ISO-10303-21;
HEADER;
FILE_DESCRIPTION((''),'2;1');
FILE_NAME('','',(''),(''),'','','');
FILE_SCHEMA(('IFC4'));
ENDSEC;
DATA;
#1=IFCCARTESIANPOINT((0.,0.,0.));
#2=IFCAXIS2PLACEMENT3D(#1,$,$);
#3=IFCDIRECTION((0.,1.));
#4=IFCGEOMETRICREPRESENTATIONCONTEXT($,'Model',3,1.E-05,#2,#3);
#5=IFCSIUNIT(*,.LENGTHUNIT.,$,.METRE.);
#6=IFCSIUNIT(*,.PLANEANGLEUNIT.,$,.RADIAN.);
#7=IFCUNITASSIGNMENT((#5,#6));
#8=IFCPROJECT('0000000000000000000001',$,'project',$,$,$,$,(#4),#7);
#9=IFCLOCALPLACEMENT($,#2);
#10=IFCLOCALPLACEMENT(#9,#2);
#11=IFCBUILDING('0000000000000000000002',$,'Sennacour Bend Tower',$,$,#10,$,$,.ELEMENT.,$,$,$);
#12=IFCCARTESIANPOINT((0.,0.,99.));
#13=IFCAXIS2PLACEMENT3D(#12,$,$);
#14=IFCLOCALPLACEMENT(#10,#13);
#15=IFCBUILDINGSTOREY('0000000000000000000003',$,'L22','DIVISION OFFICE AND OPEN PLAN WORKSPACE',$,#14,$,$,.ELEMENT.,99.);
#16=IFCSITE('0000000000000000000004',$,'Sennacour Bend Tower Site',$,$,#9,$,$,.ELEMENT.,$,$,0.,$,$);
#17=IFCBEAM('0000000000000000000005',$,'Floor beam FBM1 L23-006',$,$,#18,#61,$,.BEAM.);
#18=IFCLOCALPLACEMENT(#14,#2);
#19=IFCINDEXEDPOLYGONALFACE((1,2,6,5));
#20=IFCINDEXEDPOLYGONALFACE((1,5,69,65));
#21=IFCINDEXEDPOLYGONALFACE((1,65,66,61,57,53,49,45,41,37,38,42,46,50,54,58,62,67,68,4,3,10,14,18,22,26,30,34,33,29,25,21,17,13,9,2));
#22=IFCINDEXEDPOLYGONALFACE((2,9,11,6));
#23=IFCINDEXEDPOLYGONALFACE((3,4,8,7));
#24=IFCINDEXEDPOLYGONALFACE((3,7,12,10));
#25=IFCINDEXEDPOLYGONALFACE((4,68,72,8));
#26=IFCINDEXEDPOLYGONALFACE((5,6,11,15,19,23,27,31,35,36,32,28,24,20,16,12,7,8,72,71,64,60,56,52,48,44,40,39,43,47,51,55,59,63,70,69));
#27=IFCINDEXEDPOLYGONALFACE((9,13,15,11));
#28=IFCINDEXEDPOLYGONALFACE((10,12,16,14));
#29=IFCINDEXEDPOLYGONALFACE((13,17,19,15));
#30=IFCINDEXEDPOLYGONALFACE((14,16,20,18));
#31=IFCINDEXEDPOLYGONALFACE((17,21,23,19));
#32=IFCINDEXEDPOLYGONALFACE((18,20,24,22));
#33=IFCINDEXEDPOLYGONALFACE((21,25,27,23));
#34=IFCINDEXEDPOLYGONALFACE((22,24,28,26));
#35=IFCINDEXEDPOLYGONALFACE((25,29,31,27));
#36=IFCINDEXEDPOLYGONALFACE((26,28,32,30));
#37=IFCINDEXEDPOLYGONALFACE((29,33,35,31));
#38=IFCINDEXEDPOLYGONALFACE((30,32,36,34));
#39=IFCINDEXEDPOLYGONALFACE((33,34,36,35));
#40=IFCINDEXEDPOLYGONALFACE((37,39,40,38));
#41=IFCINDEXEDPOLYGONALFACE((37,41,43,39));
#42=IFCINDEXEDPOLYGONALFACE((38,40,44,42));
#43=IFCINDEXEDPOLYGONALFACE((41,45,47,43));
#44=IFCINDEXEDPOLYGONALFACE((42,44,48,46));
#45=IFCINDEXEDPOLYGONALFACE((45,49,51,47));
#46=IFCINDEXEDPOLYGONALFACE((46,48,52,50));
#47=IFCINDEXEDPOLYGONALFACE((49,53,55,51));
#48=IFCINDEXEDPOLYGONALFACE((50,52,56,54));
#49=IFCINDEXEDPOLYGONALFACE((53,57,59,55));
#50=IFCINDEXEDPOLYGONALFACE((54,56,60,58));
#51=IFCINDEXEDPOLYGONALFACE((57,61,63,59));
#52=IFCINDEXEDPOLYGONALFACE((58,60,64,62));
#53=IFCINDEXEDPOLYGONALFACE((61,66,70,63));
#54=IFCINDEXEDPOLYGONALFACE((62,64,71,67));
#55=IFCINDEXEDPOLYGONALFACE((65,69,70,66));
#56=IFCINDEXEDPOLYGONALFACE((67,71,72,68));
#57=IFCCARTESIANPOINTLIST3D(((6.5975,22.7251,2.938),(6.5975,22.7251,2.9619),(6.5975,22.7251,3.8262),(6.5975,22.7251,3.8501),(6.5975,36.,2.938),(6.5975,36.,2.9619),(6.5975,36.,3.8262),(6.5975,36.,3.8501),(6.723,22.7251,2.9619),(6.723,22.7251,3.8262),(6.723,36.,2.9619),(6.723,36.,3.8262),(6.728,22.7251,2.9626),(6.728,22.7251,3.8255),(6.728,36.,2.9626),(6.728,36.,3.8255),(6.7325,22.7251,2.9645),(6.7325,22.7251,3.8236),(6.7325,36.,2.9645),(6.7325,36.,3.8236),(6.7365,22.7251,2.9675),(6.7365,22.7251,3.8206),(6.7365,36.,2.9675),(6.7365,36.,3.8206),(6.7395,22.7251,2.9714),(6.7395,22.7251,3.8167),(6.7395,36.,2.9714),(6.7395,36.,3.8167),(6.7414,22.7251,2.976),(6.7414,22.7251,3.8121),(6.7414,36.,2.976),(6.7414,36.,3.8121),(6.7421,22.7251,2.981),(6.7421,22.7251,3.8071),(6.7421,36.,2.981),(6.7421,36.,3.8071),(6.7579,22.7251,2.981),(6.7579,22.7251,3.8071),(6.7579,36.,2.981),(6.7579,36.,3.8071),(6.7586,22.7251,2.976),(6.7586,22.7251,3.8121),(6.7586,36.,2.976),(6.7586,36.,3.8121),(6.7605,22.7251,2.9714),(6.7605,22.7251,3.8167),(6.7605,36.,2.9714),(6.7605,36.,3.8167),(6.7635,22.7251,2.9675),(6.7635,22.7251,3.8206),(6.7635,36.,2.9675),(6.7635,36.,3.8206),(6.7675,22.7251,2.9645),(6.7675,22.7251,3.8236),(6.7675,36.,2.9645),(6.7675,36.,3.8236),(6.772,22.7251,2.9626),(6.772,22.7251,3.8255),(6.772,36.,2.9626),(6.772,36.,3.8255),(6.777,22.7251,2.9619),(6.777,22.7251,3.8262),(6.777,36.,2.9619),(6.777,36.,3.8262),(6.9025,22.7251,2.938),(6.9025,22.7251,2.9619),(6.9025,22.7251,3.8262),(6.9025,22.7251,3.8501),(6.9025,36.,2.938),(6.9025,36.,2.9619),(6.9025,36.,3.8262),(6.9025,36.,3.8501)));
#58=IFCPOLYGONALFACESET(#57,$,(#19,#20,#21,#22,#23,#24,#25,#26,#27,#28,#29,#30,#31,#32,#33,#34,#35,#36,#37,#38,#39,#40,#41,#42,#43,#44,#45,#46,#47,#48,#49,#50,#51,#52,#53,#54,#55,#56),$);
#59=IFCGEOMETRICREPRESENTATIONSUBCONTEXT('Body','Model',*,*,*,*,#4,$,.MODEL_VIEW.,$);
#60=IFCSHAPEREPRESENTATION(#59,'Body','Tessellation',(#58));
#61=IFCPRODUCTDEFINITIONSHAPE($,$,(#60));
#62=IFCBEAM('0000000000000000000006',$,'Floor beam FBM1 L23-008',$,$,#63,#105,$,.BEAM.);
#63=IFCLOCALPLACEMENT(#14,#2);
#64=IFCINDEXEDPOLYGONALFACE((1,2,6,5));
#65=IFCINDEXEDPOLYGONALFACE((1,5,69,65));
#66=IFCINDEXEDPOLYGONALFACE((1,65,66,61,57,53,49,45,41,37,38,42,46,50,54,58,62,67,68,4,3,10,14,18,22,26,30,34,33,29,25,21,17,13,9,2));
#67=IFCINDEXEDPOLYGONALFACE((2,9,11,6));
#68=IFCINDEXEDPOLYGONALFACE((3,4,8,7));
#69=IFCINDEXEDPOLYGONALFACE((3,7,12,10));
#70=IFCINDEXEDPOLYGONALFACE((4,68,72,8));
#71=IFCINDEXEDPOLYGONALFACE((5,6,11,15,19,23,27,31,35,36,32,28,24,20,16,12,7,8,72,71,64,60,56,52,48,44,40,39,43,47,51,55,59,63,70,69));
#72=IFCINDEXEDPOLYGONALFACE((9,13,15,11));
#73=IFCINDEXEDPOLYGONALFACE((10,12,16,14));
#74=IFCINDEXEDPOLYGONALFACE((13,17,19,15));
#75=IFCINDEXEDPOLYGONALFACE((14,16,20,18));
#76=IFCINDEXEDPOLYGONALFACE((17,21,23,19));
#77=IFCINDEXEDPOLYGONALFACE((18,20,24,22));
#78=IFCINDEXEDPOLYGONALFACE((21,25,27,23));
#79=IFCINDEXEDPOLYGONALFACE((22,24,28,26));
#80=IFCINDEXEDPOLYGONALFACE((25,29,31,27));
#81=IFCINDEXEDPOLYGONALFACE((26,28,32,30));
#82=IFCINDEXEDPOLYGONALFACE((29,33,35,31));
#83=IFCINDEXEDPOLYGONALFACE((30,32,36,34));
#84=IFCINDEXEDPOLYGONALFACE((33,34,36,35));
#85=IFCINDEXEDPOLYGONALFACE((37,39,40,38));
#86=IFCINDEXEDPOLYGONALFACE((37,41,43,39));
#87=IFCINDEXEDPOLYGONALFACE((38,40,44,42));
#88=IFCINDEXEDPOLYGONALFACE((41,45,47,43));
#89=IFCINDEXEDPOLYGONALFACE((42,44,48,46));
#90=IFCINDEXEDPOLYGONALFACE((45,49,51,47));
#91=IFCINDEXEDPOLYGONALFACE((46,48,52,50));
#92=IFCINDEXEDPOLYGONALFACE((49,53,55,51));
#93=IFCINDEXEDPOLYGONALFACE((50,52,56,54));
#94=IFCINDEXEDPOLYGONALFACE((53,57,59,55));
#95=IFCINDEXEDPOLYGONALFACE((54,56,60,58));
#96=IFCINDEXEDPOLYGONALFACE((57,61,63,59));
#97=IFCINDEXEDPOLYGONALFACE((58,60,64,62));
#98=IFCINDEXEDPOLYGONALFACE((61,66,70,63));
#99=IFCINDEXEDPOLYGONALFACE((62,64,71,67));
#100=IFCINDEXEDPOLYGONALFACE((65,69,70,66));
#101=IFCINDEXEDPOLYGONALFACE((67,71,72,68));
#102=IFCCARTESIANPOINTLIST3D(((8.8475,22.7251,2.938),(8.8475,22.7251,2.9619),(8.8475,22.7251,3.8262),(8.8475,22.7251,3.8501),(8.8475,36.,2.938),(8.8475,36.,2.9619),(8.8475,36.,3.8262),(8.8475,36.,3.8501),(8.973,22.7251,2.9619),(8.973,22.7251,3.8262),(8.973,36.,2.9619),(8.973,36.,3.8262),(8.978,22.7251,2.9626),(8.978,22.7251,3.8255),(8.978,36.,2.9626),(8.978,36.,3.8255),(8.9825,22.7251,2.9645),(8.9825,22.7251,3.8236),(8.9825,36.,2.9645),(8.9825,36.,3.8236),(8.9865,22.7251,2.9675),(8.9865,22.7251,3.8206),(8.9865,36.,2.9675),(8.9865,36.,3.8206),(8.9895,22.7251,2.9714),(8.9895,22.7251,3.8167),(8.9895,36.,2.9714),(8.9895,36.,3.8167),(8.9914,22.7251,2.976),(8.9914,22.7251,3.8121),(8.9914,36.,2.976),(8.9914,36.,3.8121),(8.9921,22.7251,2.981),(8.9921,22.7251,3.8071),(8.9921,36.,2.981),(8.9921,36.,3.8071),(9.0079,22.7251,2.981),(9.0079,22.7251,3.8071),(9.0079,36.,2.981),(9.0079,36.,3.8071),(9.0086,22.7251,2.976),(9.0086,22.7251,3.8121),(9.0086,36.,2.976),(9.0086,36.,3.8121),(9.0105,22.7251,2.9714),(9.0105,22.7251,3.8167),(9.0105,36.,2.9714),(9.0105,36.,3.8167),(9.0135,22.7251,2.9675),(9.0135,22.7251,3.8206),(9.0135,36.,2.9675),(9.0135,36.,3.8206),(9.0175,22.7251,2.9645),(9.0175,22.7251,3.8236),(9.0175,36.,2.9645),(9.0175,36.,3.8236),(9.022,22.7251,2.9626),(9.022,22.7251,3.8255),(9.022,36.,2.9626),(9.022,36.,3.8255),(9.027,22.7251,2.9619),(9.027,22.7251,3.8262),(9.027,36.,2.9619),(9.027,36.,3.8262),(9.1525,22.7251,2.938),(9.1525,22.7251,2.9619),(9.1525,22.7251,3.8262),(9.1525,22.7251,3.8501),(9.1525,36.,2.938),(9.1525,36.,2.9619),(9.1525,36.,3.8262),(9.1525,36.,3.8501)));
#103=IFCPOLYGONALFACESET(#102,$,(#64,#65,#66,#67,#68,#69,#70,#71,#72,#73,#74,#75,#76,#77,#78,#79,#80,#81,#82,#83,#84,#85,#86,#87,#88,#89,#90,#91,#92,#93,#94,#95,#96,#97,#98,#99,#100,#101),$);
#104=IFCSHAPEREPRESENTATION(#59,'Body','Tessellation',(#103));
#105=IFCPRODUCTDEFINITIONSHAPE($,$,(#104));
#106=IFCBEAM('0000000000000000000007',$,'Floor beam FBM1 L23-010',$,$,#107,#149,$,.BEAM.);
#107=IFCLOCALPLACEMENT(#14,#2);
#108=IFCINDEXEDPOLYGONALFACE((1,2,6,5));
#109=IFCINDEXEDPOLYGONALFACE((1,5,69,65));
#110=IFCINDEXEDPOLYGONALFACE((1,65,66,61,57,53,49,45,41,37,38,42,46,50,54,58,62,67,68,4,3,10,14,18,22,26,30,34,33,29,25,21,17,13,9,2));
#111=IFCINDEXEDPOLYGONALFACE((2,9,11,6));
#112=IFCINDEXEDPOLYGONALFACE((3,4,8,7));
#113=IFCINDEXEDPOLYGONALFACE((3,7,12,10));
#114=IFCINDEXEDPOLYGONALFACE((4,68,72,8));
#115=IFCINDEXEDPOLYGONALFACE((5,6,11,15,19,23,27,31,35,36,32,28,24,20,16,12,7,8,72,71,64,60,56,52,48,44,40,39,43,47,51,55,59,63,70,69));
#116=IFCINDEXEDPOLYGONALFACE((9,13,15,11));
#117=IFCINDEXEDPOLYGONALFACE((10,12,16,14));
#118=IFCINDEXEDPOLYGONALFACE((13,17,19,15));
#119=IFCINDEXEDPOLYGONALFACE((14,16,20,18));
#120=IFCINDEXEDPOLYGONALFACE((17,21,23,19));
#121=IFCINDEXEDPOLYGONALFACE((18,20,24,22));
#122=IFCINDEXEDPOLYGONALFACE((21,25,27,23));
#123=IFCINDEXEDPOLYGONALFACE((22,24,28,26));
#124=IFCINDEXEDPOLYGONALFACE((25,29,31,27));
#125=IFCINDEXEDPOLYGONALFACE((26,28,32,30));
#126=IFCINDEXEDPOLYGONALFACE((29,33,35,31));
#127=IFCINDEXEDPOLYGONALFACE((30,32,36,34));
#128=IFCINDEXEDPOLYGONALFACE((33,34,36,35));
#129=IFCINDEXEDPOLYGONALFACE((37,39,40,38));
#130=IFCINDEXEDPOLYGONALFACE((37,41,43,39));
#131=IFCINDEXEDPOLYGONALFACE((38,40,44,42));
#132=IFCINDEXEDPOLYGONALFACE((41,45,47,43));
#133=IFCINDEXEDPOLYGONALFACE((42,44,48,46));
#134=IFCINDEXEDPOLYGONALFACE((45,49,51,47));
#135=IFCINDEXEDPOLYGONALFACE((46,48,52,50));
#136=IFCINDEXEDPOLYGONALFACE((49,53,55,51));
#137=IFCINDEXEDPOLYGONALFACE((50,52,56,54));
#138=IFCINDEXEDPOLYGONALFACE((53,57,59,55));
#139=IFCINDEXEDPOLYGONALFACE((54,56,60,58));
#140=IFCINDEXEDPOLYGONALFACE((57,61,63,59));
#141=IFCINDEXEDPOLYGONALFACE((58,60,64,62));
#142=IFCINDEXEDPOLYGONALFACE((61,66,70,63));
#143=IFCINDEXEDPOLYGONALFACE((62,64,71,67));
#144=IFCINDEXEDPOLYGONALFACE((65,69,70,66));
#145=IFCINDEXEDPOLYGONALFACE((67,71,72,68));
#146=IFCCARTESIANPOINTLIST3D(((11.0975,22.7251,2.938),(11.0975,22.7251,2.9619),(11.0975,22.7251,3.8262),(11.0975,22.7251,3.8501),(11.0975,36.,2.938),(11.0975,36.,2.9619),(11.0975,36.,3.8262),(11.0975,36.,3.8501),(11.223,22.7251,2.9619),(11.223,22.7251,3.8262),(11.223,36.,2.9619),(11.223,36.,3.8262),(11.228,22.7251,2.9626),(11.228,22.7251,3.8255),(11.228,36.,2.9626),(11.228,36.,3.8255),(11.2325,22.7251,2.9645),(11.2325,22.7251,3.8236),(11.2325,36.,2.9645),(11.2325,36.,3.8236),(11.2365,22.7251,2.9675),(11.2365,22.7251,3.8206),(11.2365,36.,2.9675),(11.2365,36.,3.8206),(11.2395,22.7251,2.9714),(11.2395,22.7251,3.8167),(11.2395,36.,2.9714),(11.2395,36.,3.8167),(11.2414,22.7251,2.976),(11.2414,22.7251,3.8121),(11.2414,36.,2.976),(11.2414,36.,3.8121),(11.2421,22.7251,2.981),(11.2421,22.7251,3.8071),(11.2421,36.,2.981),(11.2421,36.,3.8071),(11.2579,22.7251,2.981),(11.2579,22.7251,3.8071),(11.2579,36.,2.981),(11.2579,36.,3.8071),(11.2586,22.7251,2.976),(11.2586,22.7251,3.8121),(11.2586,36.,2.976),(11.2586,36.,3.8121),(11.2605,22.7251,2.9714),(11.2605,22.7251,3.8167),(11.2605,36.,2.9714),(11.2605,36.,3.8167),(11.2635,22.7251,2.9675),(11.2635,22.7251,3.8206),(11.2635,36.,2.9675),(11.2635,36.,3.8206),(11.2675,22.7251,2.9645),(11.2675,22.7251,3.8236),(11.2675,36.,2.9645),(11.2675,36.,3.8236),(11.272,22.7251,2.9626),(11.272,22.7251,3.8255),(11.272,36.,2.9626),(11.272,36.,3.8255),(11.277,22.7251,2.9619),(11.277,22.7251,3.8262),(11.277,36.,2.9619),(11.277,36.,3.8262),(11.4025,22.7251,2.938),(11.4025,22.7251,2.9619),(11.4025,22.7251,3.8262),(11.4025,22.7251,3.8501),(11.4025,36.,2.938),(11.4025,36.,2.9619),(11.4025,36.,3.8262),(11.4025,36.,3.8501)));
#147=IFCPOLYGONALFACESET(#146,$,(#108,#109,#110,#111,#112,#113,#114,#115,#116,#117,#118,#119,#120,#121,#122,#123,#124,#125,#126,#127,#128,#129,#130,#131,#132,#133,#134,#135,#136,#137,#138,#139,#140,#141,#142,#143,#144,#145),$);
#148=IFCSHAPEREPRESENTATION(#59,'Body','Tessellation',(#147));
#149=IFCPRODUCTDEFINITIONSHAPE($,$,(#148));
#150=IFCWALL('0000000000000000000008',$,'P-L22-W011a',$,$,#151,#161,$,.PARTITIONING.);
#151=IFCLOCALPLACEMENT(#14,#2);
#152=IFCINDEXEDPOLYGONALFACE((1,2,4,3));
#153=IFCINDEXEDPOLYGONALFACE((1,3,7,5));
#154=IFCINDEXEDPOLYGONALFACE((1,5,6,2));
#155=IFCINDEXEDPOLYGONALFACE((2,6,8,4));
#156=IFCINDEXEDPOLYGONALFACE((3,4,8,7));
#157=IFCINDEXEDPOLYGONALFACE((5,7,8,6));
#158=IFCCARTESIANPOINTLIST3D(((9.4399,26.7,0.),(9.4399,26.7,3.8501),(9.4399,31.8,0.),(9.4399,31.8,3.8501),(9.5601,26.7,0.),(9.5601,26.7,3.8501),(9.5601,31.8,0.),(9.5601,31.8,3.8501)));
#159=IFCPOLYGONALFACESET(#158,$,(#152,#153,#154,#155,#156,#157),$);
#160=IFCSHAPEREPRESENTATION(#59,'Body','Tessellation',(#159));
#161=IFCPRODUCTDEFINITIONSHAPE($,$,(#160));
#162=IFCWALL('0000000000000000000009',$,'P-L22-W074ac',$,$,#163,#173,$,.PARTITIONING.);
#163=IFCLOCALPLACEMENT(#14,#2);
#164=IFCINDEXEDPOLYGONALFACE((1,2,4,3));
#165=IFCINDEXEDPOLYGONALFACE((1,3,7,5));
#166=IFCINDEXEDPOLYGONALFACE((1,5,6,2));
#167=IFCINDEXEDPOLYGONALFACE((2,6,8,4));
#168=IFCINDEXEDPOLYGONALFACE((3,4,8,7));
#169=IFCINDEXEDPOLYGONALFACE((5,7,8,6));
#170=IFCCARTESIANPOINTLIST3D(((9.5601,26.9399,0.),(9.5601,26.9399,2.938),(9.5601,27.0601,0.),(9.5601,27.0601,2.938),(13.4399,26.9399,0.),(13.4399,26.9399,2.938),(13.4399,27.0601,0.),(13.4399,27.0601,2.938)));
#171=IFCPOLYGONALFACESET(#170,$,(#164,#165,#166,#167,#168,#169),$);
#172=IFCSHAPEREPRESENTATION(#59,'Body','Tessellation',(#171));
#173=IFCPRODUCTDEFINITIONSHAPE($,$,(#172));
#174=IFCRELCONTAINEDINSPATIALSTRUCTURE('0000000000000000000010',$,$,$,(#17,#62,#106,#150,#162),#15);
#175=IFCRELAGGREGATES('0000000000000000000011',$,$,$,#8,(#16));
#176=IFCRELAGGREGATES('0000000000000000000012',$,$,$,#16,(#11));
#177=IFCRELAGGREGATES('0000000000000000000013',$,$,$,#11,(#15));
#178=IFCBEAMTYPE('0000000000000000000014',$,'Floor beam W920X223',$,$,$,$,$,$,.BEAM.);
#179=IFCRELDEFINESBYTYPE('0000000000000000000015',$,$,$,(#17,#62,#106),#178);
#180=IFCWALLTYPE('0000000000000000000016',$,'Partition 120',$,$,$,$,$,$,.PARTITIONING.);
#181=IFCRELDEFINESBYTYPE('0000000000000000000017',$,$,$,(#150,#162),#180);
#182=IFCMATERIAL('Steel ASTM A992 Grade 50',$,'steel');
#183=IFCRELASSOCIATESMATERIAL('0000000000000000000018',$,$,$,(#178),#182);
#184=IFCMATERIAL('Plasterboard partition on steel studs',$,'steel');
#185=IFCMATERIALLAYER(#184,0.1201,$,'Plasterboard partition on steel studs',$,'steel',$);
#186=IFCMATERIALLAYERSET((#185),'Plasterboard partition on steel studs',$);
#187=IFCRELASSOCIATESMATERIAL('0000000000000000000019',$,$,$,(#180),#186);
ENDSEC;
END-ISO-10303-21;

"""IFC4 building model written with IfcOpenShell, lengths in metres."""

from ifc_helpers import new_model, si_unit, direction, frame, frame_2d, origin, origin_2d, place, context, subcontext, project, spatial, rectangle, i_section, extrude, material, layer, layer_set, material_profile, profile_set, type_object, element, save


model = new_model("IFC4")

# Units and contexts
model_context = context("Model", 3, precision=1e-05, world=origin(), true_north=direction((0.0, 1.0)))
body_context = subcontext(model_context, "Body", "Model", "MODEL_VIEW")
ifc_project = project(units=[si_unit("LENGTHUNIT", "METRE"), si_unit("PLANEANGLEUNIT", "RADIAN")], contexts=[model_context])

# Site, building, storey
site_placement = place(None, origin())
site = spatial("IfcSite", under=ifc_project, at=site_placement, Name="Sennacour Bend Tower Site", CompositionType="ELEMENT", RefElevation=0.0)
building_placement = place(site_placement, origin())
building = spatial("IfcBuilding", under=site, at=building_placement, Name="Sennacour Bend Tower", CompositionType="ELEMENT")
storey_placement = place(building_placement, frame((0.0, 0.0, 99.0)))
storey = spatial("IfcBuildingStorey", under=building, at=storey_placement, Name="L22", Description="DIVISION OFFICE AND OPEN PLAN WORKSPACE", CompositionType="ELEMENT", Elevation=99.0)

# Beams
ifc_material_1 = material(Name="Steel ASTM A992 Grade 50", Category="steel")
ifc_material_profile = material_profile(ifc_material_1, i_section(OverallWidth=0.3049, OverallDepth=0.9121, WebThickness=0.0159, FlangeThickness=0.0239, FilletRadius=0.019, at=origin_2d()), Name="Steel ASTM A992 Grade 50", Category="steel")
ifc_profile_set = profile_set([ifc_material_profile], Name="Steel ASTM A992 Grade 50")
beam_type = type_object("IfcBeamType", Name="Floor beam W920X223", PredefinedType="BEAM", material=ifc_profile_set)
for number, where, z_axis, x_axis, name in (
    (1, (6.75, 22.7251, 3.394), (0.0, 1.0, 0.0), (-1.0, 0.0, 0.0), "Floor beam FBM1 L23-006"),
    (2, (9.0, 22.7251, 3.394), (0.0, 1.0, 0.0), (-1.0, 0.0, 0.0), "Floor beam FBM1 L23-008"),
    (3, (11.25, 22.7251, 3.394), (0.0, 1.0, 0.0), (-1.0, 0.0, 0.0), "Floor beam FBM1 L23-010"),
):
    element("IfcBeam", number, at=place(storey_placement, frame(where, z_axis=z_axis, x_axis=x_axis)), inside=storey, type_object=beam_type, Name=name, PredefinedType="BEAM", context=body_context, shape_type="SweptSolid", body=[
        extrude(i_section(OverallWidth=0.3049, OverallDepth=0.9121, WebThickness=0.0159, FlangeThickness=0.0239, FilletRadius=0.019, at=origin_2d()), origin(), (0.0, 0.0, 1.0), 13.2749),
    ])

# Walls
ifc_material_2 = material(Name="Plasterboard partition on steel studs", Category="steel")
ifc_layer_1 = layer(ifc_material_2, 0.1201, Name="Plasterboard partition on steel studs", Category="steel")
ifc_layer_set_1 = layer_set([ifc_layer_1], Name="Plasterboard partition on steel studs")
wall_type_1 = type_object("IfcWallType", Name="Partition 120", PredefinedType="PARTITIONING", material=ifc_layer_set_1)
wall_1_placement = place(storey_placement, frame((9.5, 26.7, 0.0), z_axis=(0.0, 0.0, 1.0), x_axis=(0.0, 1.0, 0.0)))
element("IfcWall", 4, at=wall_1_placement, inside=storey, type_object=wall_type_1, Name="P-L22-W011a", PredefinedType="PARTITIONING", context=body_context, shape_type="SweptSolid", body=[
    extrude(rectangle(XDim=5.1001, YDim=0.1201, at=frame_2d((2.55, 0.0))), origin(), (0.0, 0.0, 1.0), 3.8501),
])
wall_2_placement = place(storey_placement, frame((9.5601, 27.0, 0.0), z_axis=(0.0, 0.0, 1.0), x_axis=(1.0, 0.0, 0.0)))
element("IfcWall", 5, at=wall_2_placement, inside=storey, type_object=wall_type_1, Name="P-L22-W074ac", PredefinedType="PARTITIONING", context=body_context, shape_type="SweptSolid", body=[
    extrude(rectangle(XDim=3.8799, YDim=0.1201, at=frame_2d((1.9399, 0.0))), origin(), (0.0, 0.0, 1.0), 2.938),
])

save(model, "model.ifc")
